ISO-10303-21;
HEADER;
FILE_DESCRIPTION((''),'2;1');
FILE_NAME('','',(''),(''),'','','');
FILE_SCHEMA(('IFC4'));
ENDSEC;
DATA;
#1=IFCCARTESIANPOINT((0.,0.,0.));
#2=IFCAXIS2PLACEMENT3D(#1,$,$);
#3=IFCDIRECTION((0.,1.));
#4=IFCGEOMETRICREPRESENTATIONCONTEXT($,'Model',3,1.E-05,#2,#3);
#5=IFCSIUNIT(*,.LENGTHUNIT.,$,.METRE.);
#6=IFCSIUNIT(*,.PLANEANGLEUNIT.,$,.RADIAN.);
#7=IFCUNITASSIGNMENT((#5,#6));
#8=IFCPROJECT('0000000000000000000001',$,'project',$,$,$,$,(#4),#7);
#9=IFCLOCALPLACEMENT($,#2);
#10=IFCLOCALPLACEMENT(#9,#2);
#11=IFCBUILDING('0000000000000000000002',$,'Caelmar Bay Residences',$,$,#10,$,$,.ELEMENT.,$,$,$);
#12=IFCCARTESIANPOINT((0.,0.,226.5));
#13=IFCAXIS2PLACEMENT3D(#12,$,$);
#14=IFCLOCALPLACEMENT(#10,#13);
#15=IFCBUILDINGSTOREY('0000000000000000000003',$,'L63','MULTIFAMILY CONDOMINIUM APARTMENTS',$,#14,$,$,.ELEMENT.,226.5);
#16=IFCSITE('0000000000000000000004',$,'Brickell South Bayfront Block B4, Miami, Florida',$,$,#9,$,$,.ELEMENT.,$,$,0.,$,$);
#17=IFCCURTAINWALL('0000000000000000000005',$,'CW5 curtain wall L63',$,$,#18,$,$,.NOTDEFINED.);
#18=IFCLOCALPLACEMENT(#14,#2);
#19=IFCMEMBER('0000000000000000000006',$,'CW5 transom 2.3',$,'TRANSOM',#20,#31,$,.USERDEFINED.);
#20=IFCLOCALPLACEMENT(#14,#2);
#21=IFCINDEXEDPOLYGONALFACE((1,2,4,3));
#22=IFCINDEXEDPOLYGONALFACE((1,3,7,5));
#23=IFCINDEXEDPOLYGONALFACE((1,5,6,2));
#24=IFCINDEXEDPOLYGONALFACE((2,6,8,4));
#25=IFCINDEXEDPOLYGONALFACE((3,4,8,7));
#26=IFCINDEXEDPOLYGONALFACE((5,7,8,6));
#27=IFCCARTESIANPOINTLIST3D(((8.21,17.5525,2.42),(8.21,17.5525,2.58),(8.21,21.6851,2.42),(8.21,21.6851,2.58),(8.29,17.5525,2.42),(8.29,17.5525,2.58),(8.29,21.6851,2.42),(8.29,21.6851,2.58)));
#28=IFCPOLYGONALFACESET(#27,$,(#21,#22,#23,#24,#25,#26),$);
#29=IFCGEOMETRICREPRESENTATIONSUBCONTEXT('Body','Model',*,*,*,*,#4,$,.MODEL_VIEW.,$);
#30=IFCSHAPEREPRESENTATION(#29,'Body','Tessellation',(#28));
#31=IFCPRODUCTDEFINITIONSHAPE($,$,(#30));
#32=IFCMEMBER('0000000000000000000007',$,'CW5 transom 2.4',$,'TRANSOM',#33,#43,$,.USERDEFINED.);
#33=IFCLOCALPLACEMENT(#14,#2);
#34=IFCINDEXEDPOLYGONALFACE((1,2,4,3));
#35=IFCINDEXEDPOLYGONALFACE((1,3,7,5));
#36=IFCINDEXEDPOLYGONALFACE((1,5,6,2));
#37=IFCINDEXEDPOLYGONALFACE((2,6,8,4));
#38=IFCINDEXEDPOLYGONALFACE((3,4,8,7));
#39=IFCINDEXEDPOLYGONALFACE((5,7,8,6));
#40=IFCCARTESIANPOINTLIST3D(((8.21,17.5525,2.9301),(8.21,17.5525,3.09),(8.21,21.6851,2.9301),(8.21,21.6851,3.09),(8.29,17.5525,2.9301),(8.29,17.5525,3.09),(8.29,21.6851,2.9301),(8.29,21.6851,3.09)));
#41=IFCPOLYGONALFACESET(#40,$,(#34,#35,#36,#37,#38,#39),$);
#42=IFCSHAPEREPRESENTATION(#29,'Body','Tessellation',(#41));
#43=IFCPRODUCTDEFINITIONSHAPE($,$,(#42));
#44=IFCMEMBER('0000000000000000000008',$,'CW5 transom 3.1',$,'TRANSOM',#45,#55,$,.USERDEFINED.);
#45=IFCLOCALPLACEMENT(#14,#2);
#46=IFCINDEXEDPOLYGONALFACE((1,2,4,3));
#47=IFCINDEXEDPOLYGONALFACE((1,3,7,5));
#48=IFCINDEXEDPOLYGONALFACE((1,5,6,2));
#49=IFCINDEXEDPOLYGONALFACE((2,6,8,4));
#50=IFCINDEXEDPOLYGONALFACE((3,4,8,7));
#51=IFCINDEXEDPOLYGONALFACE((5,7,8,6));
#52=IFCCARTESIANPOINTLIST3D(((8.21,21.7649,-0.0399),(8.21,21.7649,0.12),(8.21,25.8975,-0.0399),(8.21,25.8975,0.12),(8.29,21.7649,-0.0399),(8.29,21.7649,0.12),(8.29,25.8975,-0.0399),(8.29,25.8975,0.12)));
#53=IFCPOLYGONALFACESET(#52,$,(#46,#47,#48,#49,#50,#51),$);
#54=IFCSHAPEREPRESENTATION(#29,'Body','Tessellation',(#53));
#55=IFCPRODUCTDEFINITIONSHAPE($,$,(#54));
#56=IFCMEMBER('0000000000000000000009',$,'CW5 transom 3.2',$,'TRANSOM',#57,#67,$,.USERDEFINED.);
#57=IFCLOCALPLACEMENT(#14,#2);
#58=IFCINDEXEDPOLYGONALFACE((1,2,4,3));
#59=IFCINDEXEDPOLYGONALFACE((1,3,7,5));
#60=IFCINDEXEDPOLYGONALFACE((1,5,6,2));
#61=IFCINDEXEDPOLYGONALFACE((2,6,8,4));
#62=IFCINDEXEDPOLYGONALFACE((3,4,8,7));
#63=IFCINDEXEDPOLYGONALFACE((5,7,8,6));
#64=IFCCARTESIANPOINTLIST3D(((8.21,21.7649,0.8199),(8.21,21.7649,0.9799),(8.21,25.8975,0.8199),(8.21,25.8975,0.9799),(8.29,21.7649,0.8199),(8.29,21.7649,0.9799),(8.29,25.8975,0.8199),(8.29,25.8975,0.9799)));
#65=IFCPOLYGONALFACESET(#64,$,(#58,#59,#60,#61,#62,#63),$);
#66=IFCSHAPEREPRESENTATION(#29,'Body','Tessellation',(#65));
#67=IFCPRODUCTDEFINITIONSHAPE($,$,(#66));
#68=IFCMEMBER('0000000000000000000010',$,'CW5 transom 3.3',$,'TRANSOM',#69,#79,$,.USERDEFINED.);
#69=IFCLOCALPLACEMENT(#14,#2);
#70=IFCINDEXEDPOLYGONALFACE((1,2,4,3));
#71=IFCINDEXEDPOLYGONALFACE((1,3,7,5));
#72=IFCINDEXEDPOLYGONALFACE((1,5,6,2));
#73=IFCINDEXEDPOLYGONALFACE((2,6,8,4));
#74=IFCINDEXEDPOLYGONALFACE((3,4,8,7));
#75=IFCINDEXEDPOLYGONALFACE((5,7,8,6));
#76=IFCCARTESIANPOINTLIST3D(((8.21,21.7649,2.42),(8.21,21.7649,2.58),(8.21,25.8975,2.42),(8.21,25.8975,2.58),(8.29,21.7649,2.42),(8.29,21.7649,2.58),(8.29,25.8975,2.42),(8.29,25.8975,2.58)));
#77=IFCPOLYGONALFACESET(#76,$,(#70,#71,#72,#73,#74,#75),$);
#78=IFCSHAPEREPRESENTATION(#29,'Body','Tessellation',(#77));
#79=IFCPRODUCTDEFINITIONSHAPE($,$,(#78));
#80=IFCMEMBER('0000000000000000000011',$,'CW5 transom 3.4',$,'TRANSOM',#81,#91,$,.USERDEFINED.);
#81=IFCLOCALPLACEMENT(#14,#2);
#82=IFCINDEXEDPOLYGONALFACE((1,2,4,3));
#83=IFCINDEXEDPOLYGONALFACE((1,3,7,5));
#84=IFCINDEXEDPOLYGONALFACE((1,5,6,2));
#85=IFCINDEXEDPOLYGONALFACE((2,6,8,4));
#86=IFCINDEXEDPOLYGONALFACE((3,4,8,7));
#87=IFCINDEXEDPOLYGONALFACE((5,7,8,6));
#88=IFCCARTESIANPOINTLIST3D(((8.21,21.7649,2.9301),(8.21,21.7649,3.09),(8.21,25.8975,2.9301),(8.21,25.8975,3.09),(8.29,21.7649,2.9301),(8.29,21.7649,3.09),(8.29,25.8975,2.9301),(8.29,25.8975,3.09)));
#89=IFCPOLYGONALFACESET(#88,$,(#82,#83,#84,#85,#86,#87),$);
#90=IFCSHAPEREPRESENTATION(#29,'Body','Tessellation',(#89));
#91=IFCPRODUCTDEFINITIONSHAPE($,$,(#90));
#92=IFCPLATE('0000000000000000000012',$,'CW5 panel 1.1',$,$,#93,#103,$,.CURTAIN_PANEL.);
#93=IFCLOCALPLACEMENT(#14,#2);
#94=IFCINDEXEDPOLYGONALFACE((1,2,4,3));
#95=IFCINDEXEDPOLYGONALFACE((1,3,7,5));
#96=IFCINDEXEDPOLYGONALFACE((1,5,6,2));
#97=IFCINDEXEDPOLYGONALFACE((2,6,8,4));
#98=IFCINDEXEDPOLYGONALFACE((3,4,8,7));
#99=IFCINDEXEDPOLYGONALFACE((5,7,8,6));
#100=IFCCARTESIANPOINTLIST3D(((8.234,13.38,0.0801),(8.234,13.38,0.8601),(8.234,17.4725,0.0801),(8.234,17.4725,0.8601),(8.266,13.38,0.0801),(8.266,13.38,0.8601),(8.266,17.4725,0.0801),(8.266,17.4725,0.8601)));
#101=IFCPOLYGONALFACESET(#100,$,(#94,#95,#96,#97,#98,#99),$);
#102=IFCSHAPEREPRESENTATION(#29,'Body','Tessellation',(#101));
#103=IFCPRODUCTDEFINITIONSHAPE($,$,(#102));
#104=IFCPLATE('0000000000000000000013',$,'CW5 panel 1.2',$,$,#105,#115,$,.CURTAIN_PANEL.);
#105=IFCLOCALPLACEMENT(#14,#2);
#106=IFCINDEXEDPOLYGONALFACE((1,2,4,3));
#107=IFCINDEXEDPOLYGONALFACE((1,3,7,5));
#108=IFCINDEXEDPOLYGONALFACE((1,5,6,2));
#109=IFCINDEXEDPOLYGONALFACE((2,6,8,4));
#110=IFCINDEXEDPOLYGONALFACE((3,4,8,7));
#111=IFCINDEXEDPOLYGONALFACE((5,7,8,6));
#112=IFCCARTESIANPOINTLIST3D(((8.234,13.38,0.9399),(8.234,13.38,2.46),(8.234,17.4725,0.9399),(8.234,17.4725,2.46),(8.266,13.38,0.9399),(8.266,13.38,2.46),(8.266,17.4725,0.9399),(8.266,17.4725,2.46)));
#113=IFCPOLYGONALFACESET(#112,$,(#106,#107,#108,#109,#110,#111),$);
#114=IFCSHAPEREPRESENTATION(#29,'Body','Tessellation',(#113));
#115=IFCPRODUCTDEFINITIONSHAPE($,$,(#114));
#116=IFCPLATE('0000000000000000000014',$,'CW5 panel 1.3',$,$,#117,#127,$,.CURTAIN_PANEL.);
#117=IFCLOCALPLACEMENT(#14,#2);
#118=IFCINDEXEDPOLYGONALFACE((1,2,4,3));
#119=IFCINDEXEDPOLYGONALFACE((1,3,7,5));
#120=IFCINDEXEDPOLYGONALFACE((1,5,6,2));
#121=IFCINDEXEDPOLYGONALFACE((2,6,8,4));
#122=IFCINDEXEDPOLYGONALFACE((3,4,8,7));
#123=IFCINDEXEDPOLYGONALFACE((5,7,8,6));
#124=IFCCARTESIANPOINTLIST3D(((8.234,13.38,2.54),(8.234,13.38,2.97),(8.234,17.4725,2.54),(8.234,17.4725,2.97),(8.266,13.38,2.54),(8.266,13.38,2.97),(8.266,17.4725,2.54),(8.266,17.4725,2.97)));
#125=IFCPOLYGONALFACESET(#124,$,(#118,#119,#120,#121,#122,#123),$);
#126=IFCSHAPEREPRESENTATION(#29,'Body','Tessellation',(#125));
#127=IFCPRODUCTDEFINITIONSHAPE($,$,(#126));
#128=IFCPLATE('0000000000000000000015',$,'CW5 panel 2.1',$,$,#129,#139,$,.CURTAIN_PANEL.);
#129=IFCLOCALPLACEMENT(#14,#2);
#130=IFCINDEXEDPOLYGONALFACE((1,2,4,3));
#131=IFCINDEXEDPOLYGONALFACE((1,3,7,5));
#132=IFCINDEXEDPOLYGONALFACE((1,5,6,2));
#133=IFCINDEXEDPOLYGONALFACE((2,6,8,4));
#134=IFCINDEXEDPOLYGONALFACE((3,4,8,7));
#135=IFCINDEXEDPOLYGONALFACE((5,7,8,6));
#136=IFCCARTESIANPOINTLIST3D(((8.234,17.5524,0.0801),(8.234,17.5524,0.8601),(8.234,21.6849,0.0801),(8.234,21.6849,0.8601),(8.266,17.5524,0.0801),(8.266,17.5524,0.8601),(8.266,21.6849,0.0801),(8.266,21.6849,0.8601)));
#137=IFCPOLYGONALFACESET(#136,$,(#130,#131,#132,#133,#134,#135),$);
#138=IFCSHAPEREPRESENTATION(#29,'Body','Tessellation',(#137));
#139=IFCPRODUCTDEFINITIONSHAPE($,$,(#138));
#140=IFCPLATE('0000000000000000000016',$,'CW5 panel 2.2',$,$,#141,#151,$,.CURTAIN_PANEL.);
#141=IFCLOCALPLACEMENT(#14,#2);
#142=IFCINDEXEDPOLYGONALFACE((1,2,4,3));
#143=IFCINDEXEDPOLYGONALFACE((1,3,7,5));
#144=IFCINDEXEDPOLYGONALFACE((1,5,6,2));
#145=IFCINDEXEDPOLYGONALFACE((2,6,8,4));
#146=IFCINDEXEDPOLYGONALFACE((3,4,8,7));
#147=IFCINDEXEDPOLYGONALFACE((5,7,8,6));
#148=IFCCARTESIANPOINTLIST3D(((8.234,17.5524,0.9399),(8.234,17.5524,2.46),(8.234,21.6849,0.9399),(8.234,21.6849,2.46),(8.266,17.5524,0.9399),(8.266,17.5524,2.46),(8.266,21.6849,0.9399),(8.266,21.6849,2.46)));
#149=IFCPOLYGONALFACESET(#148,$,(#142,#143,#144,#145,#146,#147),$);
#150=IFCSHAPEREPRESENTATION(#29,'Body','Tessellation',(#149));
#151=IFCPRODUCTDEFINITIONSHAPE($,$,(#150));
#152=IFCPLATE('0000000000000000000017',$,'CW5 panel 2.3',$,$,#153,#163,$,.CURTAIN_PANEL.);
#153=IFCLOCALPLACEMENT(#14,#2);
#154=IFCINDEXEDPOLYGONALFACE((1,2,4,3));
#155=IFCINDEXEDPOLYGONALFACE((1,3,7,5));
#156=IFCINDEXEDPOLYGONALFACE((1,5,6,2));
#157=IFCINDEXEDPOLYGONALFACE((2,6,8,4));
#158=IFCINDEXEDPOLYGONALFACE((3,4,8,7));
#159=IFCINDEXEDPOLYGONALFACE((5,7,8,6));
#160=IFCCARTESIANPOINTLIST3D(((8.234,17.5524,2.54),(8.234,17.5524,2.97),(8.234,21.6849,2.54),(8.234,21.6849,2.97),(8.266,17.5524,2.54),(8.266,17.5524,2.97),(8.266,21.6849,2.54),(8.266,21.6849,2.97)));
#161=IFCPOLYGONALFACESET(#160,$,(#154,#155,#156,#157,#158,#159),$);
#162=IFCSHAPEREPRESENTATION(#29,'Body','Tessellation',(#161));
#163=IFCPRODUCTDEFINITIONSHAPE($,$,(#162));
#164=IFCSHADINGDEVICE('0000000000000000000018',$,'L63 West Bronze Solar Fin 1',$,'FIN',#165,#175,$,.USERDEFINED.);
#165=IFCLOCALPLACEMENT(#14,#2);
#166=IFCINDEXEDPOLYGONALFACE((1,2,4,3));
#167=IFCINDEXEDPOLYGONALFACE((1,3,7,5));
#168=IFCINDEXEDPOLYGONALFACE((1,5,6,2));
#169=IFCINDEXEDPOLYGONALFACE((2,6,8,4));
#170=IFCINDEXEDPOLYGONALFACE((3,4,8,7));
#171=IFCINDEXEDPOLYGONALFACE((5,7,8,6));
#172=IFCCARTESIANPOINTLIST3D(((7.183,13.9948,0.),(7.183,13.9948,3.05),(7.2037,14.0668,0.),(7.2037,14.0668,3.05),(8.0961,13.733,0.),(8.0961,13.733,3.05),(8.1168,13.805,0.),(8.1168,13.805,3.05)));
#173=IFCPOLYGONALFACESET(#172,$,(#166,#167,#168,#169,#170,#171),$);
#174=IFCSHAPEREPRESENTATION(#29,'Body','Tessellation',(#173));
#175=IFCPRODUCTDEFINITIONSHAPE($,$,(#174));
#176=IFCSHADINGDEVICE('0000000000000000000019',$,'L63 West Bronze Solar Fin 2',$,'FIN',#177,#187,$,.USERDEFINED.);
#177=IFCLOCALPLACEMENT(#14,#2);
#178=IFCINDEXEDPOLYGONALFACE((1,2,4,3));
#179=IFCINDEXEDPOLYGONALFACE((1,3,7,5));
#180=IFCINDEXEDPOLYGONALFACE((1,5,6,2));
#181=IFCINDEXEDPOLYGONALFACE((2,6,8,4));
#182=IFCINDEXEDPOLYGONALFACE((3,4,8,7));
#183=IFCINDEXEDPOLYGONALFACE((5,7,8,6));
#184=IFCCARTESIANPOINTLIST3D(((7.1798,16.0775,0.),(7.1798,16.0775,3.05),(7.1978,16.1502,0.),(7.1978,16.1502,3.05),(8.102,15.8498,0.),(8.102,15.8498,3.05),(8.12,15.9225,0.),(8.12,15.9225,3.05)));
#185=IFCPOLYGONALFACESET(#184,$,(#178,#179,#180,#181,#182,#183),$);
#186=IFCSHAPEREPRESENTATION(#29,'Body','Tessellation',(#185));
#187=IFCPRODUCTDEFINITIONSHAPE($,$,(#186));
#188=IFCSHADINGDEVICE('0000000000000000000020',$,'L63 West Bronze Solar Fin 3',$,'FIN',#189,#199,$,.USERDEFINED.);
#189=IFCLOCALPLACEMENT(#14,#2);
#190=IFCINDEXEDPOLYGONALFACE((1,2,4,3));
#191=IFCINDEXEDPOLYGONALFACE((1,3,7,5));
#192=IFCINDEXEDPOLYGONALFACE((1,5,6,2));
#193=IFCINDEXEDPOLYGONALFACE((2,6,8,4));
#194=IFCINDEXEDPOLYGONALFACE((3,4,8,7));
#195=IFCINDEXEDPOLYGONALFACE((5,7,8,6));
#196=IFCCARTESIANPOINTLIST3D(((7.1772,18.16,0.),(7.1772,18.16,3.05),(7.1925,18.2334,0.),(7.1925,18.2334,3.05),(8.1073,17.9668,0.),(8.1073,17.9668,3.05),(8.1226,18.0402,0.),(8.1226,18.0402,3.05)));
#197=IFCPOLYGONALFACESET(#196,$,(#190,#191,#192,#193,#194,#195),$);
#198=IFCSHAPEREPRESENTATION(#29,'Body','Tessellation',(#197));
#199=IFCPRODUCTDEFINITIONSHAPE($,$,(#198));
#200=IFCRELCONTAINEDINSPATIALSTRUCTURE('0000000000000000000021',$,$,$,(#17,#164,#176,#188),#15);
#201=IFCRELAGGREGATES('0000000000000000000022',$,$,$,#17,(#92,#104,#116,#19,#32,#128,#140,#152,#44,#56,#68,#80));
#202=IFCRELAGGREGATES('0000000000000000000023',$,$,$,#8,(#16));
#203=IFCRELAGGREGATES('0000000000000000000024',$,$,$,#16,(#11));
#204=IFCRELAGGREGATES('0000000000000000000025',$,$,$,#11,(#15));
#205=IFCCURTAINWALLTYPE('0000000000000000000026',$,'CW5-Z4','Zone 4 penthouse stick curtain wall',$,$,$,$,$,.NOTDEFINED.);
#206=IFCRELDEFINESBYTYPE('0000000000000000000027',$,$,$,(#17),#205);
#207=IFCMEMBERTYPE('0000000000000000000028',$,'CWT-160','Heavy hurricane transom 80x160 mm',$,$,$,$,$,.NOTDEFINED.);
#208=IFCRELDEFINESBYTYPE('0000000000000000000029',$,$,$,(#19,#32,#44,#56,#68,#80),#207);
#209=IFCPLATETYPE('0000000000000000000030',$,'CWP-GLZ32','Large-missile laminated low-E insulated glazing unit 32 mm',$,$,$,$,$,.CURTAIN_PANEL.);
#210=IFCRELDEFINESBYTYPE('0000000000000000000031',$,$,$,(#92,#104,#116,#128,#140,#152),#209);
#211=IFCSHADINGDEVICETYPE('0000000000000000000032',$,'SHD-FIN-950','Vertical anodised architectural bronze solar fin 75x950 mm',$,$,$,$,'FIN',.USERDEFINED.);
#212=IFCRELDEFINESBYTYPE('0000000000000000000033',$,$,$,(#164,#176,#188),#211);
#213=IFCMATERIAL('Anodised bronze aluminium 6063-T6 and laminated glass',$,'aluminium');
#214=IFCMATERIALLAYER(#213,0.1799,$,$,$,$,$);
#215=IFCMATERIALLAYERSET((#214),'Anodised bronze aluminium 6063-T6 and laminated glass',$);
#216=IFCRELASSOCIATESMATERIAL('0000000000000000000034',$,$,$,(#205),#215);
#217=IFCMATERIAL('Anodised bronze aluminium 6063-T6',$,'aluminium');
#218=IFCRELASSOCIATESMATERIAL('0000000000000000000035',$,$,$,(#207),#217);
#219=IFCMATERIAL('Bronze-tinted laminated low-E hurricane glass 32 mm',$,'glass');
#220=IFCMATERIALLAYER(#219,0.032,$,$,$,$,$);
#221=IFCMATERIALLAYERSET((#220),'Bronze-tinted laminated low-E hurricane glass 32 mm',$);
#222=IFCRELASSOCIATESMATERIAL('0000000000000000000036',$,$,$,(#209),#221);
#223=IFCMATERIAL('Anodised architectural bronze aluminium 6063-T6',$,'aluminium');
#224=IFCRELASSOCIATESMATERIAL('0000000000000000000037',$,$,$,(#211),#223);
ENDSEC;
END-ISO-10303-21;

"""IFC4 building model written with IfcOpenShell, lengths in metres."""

from ifc_helpers import new_model, si_unit, direction, frame, origin, origin_2d, place, context, subcontext, project, spatial, rectangle, extrude, material, layer, layer_set, material_profile, profile_set, type_object, element, aggregate, save


model = new_model("IFC4")

# Units and contexts
model_context = context("Model", 3, precision=1e-05, world=origin(), true_north=direction((0.0, 1.0)))
body_context = subcontext(model_context, "Body", "Model", "MODEL_VIEW")
ifc_project = project(units=[si_unit("LENGTHUNIT", "METRE"), si_unit("PLANEANGLEUNIT", "RADIAN")], contexts=[model_context])

# Site, building, storey
site_placement = place(None, origin())
site = spatial("IfcSite", under=ifc_project, at=site_placement, Name="Brickell South Bayfront Block B4, Miami, Florida", CompositionType="ELEMENT", RefElevation=0.0)
building_placement = place(site_placement, origin())
building = spatial("IfcBuilding", under=site, at=building_placement, Name="Caelmar Bay Residences", CompositionType="ELEMENT")
storey_placement = place(building_placement, frame((0.0, 0.0, 226.5)))
storey = spatial("IfcBuildingStorey", under=building, at=storey_placement, Name="L63", Description="MULTIFAMILY CONDOMINIUM APARTMENTS", CompositionType="ELEMENT", Elevation=226.5)

# Curtain wall, members, plates
ifc_material_1 = material(Name="Anodised bronze aluminium 6063-T6 and laminated glass", Category="aluminium")
ifc_layer_1 = layer(ifc_material_1, 0.1799)
ifc_layer_set_1 = layer_set([ifc_layer_1], Name="Anodised bronze aluminium 6063-T6 and laminated glass")
curtain_wall_type = type_object("IfcCurtainWallType", Name="CW5-Z4", Description="Zone 4 penthouse stick curtain wall", PredefinedType="NOTDEFINED", material=ifc_layer_set_1)
curtain_wall_placement = place(storey_placement, origin())
curtain_wall = element("IfcCurtainWall", 1, at=curtain_wall_placement, inside=storey, type_object=curtain_wall_type, Name="CW5 curtain wall L63", PredefinedType="NOTDEFINED")
ifc_material_2 = material(Name="Anodised bronze aluminium 6063-T6", Category="aluminium")
ifc_material_profile_1 = material_profile(ifc_material_2, rectangle(XDim=0.0801, YDim=0.1599, at=origin_2d()), Name="CWT-80X160")
ifc_profile_set_1 = profile_set([ifc_material_profile_1], Name="Anodised bronze aluminium 6063-T6")
member_type_1 = type_object("IfcMemberType", Name="CWT-160", Description="Heavy hurricane transom 80x160 mm", PredefinedType="NOTDEFINED", material=ifc_profile_set_1)
member_1_placement = place(storey_placement, frame((8.25, 17.5525, 2.5), z_axis=(0.0, 1.0, 0.0), x_axis=(-1.0, 0.0, 0.0)))
member_1 = element("IfcMember", 2, at=member_1_placement, type_object=member_type_1, Name="CW5 transom 2.3", ObjectType="TRANSOM", PredefinedType="USERDEFINED", context=body_context, shape_type="SweptSolid", body=[
    extrude(rectangle(XDim=0.0801, YDim=0.1599, at=origin_2d()), origin(), (0.0, 0.0, 1.0), 4.1326),
])
member_2_placement = place(storey_placement, frame((8.25, 17.5525, 3.01), z_axis=(0.0, 1.0, 0.0), x_axis=(-1.0, 0.0, 0.0)))
member_2 = element("IfcMember", 3, at=member_2_placement, type_object=member_type_1, Name="CW5 transom 2.4", ObjectType="TRANSOM", PredefinedType="USERDEFINED", context=body_context, shape_type="SweptSolid", body=[
    extrude(rectangle(XDim=0.0801, YDim=0.1599, at=origin_2d()), origin(), (0.0, 0.0, 1.0), 4.1326),
])
member_3_placement = place(storey_placement, frame((8.25, 21.7649, 0.04), z_axis=(0.0, 1.0, 0.0), x_axis=(-1.0, 0.0, 0.0)))
member_3 = element("IfcMember", 4, at=member_3_placement, type_object=member_type_1, Name="CW5 transom 3.1", ObjectType="TRANSOM", PredefinedType="USERDEFINED", context=body_context, shape_type="SweptSolid", body=[
    extrude(rectangle(XDim=0.0801, YDim=0.1599, at=origin_2d()), origin(), (0.0, 0.0, 1.0), 4.1326),
])
member_4_placement = place(storey_placement, frame((8.25, 21.7649, 0.8999), z_axis=(0.0, 1.0, 0.0), x_axis=(-1.0, 0.0, 0.0)))
member_4 = element("IfcMember", 5, at=member_4_placement, type_object=member_type_1, Name="CW5 transom 3.2", ObjectType="TRANSOM", PredefinedType="USERDEFINED", context=body_context, shape_type="SweptSolid", body=[
    extrude(rectangle(XDim=0.0801, YDim=0.1599, at=origin_2d()), origin(), (0.0, 0.0, 1.0), 4.1326),
])
member_5_placement = place(storey_placement, frame((8.25, 21.7649, 2.5), z_axis=(0.0, 1.0, 0.0), x_axis=(-1.0, 0.0, 0.0)))
member_5 = element("IfcMember", 6, at=member_5_placement, type_object=member_type_1, Name="CW5 transom 3.3", ObjectType="TRANSOM", PredefinedType="USERDEFINED", context=body_context, shape_type="SweptSolid", body=[
    extrude(rectangle(XDim=0.0801, YDim=0.1599, at=origin_2d()), origin(), (0.0, 0.0, 1.0), 4.1326),
])
member_6_placement = place(storey_placement, frame((8.25, 21.7649, 3.01), z_axis=(0.0, 1.0, 0.0), x_axis=(-1.0, 0.0, 0.0)))
member_6 = element("IfcMember", 7, at=member_6_placement, type_object=member_type_1, Name="CW5 transom 3.4", ObjectType="TRANSOM", PredefinedType="USERDEFINED", context=body_context, shape_type="SweptSolid", body=[
    extrude(rectangle(XDim=0.0801, YDim=0.1599, at=origin_2d()), origin(), (0.0, 0.0, 1.0), 4.1326),
])
ifc_material_3 = material(Name="Bronze-tinted laminated low-E hurricane glass 32 mm", Category="glass")
ifc_layer_2 = layer(ifc_material_3, 0.032)
ifc_layer_set_2 = layer_set([ifc_layer_2], Name="Bronze-tinted laminated low-E hurricane glass 32 mm")
plate_type = type_object("IfcPlateType", Name="CWP-GLZ32", Description="Large-missile laminated low-E insulated glazing unit 32 mm", PredefinedType="CURTAIN_PANEL", material=ifc_layer_set_2)
plate_1_placement = place(storey_placement, frame((8.25, 15.4263, 0.0801), z_axis=(0.0, 0.0, 1.0), x_axis=(0.0, 1.0, 0.0)))
plate_1 = element("IfcPlate", 8, at=plate_1_placement, type_object=plate_type, Name="CW5 panel 1.1", PredefinedType="CURTAIN_PANEL", context=body_context, shape_type="SweptSolid", body=[
    extrude(rectangle(XDim=4.0925, YDim=0.032, at=origin_2d()), origin(), (0.0, 0.0, 1.0), 0.78),
])
plate_2_placement = place(storey_placement, frame((8.25, 15.4263, 0.9399), z_axis=(0.0, 0.0, 1.0), x_axis=(0.0, 1.0, 0.0)))
plate_2 = element("IfcPlate", 9, at=plate_2_placement, type_object=plate_type, Name="CW5 panel 1.2", PredefinedType="CURTAIN_PANEL", context=body_context, shape_type="SweptSolid", body=[
    extrude(rectangle(XDim=4.0925, YDim=0.032, at=origin_2d()), origin(), (0.0, 0.0, 1.0), 1.52),
])
plate_3_placement = place(storey_placement, frame((8.25, 15.4263, 2.54), z_axis=(0.0, 0.0, 1.0), x_axis=(0.0, 1.0, 0.0)))
plate_3 = element("IfcPlate", 10, at=plate_3_placement, type_object=plate_type, Name="CW5 panel 1.3", PredefinedType="CURTAIN_PANEL", context=body_context, shape_type="SweptSolid", body=[
    extrude(rectangle(XDim=4.0925, YDim=0.032, at=origin_2d()), origin(), (0.0, 0.0, 1.0), 0.4299),
])
plate_4_placement = place(storey_placement, frame((8.25, 19.6187, 0.0801), z_axis=(0.0, 0.0, 1.0), x_axis=(0.0, 1.0, 0.0)))
plate_4 = element("IfcPlate", 11, at=plate_4_placement, type_object=plate_type, Name="CW5 panel 2.1", PredefinedType="CURTAIN_PANEL", context=body_context, shape_type="SweptSolid", body=[
    extrude(rectangle(XDim=4.1326, YDim=0.032, at=origin_2d()), origin(), (0.0, 0.0, 1.0), 0.78),
])
plate_5_placement = place(storey_placement, frame((8.25, 19.6187, 0.9399), z_axis=(0.0, 0.0, 1.0), x_axis=(0.0, 1.0, 0.0)))
plate_5 = element("IfcPlate", 12, at=plate_5_placement, type_object=plate_type, Name="CW5 panel 2.2", PredefinedType="CURTAIN_PANEL", context=body_context, shape_type="SweptSolid", body=[
    extrude(rectangle(XDim=4.1326, YDim=0.032, at=origin_2d()), origin(), (0.0, 0.0, 1.0), 1.52),
])
plate_6_placement = place(storey_placement, frame((8.25, 19.6187, 2.54), z_axis=(0.0, 0.0, 1.0), x_axis=(0.0, 1.0, 0.0)))
plate_6 = element("IfcPlate", 13, at=plate_6_placement, type_object=plate_type, Name="CW5 panel 2.3", PredefinedType="CURTAIN_PANEL", context=body_context, shape_type="SweptSolid", body=[
    extrude(rectangle(XDim=4.1326, YDim=0.032, at=origin_2d()), origin(), (0.0, 0.0, 1.0), 0.4299),
])
aggregate(curtain_wall, [plate_1, plate_2, plate_3, member_1, member_2, plate_4, plate_5, plate_6, member_3, member_4, member_5, member_6])

# Shading devices
ifc_material_4 = material(Name="Anodised architectural bronze aluminium 6063-T6", Category="aluminium")
ifc_material_profile_2 = material_profile(ifc_material_4, rectangle(XDim=0.075, YDim=0.95, at=origin_2d()), Name="BRONZE-FIN-75X950")
ifc_profile_set_2 = profile_set([ifc_material_profile_2], Name="Anodised architectural bronze aluminium 6063-T6")
shading_device_type = type_object("IfcShadingDeviceType", Name="SHD-FIN-950", Description="Vertical anodised architectural bronze solar fin 75x950 mm", ElementType="FIN", PredefinedType="USERDEFINED", material=ifc_profile_set_2)
for number, where, z_axis, x_axis, name in (
    (14, (7.6499, 13.8999, 0.0), (0.0, 0.0, 1.0), (0.275637, 0.961262, 0.0), "L63 West Bronze Solar Fin 1"),
    (15, (7.6499, 16.0, 0.0), (0.0, 0.0, 1.0), (0.23972, 0.970842, 0.0), "L63 West Bronze Solar Fin 2"),
    (16, (7.6499, 18.1001, 0.0), (0.0, 0.0, 1.0), (0.2033, 0.979116, 0.0), "L63 West Bronze Solar Fin 3"),
):
    element("IfcShadingDevice", number, at=place(storey_placement, frame(where, z_axis=z_axis, x_axis=x_axis)), inside=storey, type_object=shading_device_type, Name=name, ObjectType="FIN", PredefinedType="USERDEFINED", context=body_context, shape_type="SweptSolid", body=[
        extrude(rectangle(XDim=0.075, YDim=0.95, at=origin_2d()), origin(), (0.0, 0.0, 1.0), 3.05),
    ])

save(model, "model.ifc")
